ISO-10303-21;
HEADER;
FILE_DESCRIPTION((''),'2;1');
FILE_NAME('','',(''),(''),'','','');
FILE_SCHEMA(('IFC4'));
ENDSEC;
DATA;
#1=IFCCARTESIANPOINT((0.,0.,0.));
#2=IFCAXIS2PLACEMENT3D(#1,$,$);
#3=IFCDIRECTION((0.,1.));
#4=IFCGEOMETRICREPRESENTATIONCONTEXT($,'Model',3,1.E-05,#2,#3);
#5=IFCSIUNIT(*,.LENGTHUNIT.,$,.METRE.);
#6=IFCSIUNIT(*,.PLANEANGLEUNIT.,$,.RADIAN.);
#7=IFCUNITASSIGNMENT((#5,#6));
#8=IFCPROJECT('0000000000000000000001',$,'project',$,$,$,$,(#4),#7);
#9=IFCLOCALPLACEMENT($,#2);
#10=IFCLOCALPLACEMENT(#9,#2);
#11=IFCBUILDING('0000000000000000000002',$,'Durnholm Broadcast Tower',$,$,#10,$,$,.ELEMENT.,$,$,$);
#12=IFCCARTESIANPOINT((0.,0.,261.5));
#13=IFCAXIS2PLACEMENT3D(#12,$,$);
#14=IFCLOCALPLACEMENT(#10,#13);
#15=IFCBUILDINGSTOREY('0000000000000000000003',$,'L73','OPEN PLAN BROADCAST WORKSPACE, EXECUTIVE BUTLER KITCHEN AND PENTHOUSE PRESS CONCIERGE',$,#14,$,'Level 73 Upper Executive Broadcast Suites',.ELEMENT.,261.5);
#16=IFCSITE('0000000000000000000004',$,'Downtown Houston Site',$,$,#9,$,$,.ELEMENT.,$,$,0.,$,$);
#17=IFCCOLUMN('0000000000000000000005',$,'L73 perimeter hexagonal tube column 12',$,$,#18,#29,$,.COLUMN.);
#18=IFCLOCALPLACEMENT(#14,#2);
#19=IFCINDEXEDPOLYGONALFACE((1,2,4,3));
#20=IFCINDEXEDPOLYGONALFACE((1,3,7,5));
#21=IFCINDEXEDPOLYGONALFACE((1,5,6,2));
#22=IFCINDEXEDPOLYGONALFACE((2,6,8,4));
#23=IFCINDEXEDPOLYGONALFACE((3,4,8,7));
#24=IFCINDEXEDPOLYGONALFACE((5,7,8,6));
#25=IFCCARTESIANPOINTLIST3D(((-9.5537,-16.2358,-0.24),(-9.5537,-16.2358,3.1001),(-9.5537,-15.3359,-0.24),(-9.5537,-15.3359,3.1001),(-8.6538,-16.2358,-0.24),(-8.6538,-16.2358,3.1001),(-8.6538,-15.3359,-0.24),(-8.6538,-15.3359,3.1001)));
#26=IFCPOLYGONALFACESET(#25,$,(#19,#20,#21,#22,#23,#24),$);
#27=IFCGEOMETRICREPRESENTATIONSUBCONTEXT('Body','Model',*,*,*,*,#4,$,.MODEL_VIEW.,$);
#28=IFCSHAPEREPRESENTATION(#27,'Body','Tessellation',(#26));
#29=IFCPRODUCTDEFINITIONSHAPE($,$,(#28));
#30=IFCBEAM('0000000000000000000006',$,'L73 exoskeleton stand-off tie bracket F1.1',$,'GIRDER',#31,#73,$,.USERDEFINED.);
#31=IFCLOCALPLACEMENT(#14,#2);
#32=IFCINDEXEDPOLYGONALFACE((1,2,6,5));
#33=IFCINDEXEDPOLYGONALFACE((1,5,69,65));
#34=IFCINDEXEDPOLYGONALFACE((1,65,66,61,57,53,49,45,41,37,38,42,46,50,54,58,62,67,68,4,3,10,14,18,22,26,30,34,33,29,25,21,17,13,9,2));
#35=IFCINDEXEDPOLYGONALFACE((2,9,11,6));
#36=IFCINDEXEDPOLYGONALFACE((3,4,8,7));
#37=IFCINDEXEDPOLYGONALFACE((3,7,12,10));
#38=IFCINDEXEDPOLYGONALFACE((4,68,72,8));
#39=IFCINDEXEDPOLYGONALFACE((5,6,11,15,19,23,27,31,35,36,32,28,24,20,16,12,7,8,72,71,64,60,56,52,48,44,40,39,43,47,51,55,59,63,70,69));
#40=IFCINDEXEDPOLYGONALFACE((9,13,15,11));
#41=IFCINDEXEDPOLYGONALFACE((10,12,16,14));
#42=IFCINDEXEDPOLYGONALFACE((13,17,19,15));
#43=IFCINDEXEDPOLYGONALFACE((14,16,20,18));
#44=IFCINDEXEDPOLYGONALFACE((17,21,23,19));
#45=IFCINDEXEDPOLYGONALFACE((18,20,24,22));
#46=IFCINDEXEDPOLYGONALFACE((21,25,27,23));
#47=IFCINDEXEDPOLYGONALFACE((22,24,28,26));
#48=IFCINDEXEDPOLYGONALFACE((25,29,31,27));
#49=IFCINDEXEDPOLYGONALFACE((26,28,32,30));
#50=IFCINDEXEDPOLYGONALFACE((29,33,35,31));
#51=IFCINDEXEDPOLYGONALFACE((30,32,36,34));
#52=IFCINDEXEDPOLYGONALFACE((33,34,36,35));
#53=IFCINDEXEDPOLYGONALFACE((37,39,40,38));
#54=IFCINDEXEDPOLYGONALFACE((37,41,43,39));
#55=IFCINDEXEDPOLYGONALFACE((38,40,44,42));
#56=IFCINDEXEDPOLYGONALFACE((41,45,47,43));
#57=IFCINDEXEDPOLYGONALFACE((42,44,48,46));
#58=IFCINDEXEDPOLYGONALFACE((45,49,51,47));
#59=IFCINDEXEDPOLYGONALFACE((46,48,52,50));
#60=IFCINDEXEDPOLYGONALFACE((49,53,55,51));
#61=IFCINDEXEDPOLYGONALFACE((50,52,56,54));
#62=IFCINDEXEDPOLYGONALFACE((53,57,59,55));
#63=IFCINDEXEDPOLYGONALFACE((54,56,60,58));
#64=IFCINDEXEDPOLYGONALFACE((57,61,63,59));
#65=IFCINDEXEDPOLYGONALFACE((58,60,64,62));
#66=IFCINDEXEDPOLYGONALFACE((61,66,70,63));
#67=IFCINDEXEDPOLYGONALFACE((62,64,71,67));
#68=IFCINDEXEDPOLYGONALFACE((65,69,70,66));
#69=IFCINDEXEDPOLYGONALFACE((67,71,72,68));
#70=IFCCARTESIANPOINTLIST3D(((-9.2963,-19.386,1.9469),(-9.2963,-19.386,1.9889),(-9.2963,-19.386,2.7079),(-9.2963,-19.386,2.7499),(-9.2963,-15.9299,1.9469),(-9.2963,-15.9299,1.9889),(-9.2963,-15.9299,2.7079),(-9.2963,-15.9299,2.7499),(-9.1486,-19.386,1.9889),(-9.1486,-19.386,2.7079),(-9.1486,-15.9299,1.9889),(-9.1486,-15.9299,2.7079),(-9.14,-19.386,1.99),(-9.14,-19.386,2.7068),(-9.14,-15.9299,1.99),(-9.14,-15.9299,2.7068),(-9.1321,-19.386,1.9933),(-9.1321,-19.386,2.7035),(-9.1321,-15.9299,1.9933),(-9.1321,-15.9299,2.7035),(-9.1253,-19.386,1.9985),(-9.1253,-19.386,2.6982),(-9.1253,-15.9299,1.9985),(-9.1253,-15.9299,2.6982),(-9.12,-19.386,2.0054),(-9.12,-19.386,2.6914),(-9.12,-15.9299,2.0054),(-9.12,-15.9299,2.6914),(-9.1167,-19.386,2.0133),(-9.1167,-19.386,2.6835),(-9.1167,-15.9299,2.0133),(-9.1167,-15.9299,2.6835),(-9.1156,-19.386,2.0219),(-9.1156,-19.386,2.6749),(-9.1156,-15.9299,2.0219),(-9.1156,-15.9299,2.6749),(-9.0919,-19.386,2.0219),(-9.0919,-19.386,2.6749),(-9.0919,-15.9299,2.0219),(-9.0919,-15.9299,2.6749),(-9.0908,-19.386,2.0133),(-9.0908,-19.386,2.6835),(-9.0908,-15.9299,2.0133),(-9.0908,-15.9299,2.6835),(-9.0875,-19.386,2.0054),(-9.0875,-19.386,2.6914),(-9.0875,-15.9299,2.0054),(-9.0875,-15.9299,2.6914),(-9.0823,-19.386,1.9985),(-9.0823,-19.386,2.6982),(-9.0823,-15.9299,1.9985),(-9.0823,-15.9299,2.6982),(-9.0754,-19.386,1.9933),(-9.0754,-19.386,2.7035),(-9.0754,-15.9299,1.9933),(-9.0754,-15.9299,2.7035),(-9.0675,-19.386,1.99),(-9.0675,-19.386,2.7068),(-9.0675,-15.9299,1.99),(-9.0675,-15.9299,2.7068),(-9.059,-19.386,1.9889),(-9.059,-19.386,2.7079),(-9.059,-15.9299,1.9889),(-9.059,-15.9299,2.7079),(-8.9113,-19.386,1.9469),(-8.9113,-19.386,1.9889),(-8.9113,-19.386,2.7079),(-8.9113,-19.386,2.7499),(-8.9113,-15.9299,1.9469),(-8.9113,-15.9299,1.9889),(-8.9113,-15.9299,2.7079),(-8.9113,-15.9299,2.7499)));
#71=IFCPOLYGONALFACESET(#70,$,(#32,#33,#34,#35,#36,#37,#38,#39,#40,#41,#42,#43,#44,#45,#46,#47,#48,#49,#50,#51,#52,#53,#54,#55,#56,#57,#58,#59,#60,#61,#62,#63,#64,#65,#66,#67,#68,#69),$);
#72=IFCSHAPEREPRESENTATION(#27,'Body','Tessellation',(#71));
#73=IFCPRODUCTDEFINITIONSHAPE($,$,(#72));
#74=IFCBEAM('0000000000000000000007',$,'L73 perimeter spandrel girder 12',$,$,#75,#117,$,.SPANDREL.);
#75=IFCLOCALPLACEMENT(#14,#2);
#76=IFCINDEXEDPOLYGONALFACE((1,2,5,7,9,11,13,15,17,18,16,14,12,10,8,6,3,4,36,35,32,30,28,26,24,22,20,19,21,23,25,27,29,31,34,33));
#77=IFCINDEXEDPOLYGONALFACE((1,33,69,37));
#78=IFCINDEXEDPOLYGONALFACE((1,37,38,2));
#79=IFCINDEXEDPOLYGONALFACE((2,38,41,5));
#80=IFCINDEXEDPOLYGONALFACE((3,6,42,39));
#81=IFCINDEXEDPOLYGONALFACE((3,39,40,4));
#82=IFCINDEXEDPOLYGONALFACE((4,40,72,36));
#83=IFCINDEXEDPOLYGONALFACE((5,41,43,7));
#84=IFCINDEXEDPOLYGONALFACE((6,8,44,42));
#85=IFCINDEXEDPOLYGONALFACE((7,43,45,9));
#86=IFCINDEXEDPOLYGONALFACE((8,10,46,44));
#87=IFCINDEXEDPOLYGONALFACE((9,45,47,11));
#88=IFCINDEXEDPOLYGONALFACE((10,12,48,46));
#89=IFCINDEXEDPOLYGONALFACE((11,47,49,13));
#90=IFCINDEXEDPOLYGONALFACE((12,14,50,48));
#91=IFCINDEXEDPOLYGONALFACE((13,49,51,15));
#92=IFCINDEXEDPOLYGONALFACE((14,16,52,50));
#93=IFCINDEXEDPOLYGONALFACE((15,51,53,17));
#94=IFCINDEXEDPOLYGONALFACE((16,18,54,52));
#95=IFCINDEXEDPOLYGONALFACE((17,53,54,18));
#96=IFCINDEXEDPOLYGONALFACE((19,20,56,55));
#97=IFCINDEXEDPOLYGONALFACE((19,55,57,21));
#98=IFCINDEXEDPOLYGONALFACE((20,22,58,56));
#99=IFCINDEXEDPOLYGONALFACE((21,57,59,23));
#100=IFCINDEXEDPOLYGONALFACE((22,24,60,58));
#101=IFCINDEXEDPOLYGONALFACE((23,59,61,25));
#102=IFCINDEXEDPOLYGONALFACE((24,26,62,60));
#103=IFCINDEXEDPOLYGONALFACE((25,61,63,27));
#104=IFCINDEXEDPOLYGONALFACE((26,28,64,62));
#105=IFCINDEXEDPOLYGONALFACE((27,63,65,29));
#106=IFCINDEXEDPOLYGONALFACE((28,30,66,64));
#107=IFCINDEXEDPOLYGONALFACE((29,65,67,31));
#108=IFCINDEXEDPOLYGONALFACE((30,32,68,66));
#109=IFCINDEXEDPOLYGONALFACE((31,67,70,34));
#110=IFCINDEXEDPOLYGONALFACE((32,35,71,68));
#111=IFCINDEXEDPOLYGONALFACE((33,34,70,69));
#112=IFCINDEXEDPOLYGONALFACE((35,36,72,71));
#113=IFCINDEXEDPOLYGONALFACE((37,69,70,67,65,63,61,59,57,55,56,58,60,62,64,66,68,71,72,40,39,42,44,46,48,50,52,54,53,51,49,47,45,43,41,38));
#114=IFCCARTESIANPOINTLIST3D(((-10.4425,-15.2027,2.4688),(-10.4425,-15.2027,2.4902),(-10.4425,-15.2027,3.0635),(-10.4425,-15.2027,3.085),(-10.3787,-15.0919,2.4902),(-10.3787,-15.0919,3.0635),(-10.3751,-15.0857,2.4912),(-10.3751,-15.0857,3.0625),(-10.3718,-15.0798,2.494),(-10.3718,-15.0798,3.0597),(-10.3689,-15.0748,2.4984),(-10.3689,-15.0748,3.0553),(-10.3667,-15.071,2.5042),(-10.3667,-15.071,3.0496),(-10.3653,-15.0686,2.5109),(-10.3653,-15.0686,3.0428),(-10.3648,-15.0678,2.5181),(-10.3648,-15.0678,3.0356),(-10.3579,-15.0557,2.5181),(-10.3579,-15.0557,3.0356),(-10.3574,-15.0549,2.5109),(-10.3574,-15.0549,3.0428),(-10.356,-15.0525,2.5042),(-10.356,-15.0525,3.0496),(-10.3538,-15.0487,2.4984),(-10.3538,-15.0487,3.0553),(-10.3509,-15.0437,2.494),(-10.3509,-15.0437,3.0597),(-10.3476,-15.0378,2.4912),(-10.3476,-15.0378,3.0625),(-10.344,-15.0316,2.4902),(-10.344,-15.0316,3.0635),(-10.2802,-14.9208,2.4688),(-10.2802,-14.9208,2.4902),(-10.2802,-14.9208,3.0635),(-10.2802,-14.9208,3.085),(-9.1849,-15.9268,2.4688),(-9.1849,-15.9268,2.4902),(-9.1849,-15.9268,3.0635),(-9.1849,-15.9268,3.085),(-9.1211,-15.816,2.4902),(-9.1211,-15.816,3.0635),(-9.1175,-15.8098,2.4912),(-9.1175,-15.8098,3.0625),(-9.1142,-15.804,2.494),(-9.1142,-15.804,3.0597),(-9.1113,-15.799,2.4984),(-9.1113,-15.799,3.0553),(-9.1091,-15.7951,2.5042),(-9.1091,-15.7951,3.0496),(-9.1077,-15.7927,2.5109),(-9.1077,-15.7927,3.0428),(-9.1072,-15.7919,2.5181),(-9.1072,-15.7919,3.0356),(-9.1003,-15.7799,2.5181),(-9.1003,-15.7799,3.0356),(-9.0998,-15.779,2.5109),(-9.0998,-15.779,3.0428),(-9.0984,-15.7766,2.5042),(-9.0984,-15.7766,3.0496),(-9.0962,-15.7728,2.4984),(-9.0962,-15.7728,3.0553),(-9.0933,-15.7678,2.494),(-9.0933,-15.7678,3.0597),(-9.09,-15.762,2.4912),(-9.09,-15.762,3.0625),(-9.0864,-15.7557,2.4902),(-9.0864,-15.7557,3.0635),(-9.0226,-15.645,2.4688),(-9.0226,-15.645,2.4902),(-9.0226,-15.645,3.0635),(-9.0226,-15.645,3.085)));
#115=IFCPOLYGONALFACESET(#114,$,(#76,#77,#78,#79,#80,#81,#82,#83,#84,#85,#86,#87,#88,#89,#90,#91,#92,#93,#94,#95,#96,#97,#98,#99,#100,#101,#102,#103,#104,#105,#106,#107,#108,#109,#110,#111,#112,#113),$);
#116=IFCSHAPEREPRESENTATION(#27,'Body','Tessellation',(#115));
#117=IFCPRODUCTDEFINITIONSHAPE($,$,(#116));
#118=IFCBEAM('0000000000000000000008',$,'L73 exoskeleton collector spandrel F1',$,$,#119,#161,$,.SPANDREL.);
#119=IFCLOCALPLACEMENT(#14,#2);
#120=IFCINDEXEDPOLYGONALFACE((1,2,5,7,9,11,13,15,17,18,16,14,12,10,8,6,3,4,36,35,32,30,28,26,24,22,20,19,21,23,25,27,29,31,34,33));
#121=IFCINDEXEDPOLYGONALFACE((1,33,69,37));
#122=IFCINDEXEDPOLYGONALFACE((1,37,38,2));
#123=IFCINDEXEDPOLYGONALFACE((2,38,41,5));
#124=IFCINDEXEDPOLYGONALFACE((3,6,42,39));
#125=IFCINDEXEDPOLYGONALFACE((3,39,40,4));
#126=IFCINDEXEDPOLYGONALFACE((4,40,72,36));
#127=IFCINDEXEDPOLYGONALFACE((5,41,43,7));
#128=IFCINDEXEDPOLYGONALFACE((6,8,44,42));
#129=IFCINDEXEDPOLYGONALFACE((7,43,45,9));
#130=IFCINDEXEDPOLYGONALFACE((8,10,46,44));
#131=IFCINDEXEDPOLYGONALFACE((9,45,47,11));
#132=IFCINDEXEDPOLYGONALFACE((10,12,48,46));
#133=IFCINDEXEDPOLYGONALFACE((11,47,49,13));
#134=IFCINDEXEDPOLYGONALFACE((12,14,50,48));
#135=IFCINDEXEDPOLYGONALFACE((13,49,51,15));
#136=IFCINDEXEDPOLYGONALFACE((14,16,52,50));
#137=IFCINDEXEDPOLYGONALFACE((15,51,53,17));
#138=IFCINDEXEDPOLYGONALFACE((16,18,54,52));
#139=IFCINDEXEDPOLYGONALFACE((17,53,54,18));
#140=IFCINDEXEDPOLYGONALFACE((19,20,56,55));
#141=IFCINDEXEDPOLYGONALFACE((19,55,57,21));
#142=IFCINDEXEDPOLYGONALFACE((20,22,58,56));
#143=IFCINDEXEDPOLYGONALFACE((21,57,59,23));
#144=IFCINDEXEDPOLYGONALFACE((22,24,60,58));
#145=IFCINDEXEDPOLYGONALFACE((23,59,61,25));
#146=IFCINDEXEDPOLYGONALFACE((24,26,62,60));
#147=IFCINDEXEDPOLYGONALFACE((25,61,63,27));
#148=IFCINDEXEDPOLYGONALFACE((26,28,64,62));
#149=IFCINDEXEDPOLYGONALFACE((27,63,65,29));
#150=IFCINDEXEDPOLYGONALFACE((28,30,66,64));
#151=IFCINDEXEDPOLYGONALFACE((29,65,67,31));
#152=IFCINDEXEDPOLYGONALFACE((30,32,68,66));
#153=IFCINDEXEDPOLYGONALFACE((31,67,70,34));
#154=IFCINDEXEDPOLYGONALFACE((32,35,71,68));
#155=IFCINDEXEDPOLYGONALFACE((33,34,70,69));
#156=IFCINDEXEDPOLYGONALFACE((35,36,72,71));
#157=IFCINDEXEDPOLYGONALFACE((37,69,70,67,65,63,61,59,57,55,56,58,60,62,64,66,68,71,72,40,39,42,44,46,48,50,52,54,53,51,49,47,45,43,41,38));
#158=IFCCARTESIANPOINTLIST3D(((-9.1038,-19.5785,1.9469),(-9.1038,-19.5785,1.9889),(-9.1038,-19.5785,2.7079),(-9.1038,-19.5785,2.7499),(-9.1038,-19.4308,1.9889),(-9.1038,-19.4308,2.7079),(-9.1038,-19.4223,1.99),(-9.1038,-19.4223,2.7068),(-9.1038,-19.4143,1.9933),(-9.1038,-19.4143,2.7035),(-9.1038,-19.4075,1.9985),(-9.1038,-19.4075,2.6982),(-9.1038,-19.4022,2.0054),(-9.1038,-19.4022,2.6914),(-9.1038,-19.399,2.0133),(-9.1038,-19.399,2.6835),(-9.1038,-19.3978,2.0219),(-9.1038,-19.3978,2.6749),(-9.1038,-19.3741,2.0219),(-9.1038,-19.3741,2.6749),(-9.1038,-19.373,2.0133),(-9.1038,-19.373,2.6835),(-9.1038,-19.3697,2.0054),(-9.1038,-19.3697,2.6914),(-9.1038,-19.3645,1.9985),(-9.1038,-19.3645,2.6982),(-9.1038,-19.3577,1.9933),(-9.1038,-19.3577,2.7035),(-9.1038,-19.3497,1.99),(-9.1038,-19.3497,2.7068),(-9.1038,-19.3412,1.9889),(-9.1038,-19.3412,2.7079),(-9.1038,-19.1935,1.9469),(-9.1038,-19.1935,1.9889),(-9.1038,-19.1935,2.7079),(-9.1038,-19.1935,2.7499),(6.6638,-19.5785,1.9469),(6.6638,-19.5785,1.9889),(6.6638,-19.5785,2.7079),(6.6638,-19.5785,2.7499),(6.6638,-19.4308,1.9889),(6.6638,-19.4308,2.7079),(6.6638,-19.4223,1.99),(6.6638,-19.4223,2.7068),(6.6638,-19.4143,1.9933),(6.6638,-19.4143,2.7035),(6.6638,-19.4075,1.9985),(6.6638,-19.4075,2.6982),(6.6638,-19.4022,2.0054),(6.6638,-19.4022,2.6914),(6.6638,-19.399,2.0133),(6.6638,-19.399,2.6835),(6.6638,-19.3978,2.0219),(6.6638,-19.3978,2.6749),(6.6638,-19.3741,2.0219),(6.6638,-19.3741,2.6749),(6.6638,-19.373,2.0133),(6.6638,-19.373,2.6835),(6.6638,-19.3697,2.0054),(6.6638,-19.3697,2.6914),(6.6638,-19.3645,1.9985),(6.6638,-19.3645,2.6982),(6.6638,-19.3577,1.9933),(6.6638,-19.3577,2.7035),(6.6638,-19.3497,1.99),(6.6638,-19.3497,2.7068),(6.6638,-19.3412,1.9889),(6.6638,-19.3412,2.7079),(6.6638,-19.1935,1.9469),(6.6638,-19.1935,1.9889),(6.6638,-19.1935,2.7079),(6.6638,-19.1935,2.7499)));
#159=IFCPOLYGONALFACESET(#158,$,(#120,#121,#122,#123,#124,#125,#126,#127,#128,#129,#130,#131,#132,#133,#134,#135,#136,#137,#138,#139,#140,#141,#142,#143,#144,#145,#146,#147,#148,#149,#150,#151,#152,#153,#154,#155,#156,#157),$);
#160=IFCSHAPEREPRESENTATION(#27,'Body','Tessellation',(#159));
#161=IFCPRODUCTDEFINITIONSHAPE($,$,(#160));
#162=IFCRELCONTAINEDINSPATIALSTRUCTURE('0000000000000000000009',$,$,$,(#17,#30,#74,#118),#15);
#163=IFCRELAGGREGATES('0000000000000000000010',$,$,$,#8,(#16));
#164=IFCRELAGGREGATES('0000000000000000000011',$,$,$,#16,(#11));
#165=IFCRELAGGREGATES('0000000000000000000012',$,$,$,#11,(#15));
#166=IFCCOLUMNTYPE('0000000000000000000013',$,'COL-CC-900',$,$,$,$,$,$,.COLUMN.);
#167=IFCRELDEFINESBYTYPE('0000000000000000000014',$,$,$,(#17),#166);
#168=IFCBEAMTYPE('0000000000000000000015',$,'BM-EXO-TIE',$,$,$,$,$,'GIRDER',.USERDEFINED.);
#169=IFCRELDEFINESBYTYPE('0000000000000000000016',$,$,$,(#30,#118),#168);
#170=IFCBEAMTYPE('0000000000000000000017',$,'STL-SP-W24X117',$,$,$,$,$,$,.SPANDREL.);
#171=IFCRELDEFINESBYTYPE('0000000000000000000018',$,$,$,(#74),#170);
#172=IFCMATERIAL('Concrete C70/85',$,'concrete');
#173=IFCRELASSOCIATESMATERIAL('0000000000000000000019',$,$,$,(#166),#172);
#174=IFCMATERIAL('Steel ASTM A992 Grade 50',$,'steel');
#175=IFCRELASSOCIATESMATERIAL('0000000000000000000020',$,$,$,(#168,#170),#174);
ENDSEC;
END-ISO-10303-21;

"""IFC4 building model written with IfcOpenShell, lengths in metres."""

from ifc_helpers import new_model, si_unit, direction, frame, origin, origin_2d, place, context, subcontext, project, spatial, rectangle, i_section, extrude, source, transform, mapped, material, material_profile, profile_set, type_object, type_shapes, element, save


model = new_model("IFC4")

# Units and contexts
model_context = context("Model", 3, precision=1e-05, world=origin(), true_north=direction((0.0, 1.0)))
body_context = subcontext(model_context, "Body", "Model", "MODEL_VIEW")
ifc_project = project(units=[si_unit("LENGTHUNIT", "METRE"), si_unit("PLANEANGLEUNIT", "RADIAN")], contexts=[model_context])

# Site, building, storey
site_placement = place(None, origin())
site = spatial("IfcSite", under=ifc_project, at=site_placement, Name="Downtown Houston Site", CompositionType="ELEMENT", RefElevation=0.0)
building_placement = place(site_placement, origin())
building = spatial("IfcBuilding", under=site, at=building_placement, Name="Durnholm Broadcast Tower", CompositionType="ELEMENT")
storey_placement = place(building_placement, frame((0.0, 0.0, 261.5)))
storey = spatial("IfcBuildingStorey", under=building, at=storey_placement, Name="L73", Description="OPEN PLAN BROADCAST WORKSPACE, EXECUTIVE BUTLER KITCHEN AND PENTHOUSE PRESS CONCIERGE", LongName="Level 73 Upper Executive Broadcast Suites", CompositionType="ELEMENT", Elevation=261.5)

# Column
ifc_material_1 = material(Name="Concrete C70/85", Category="concrete")
ifc_material_profile_1 = material_profile(ifc_material_1, rectangle(XDim=0.8999, YDim=0.8999, at=origin_2d()), Name="RC900X900")
ifc_profile_set_1 = profile_set([ifc_material_profile_1], Name="Concrete C70/85")
column_type = type_object("IfcColumnType", Name="COL-CC-900", PredefinedType="COLUMN", material=ifc_profile_set_1)
shared_shape_1 = source(origin(), body_context, "Body", "SweptSolid", [
    extrude(rectangle(XDim=0.8999, YDim=0.8999, at=origin_2d()), origin(), (0.0, 0.0, 1.0), 3.3401),
])
type_shapes(column_type, [shared_shape_1])
column_placement = place(storey_placement, frame((-9.1038, -15.7859, -0.24), z_axis=(0.0, 0.0, 1.0), x_axis=(1.0, 0.0, 0.0)))
element("IfcColumn", 1, at=column_placement, inside=storey, type_object=column_type, Name="L73 perimeter hexagonal tube column 12", PredefinedType="COLUMN", context=body_context, shape_type="MappedRepresentation", body=[
    mapped(shared_shape_1, transform((0.0, 0.0, 0.0), x_axis=(1.0, 0.0, 0.0), y_axis=(0.0, 1.0, 0.0), z_axis=(0.0, 0.0, 1.0), scale=1.0)),
])

# Beams
ifc_material_2 = material(Name="Steel ASTM A992 Grade 50", Category="steel")
ifc_material_profile_2 = material_profile(ifc_material_2, i_section(OverallWidth=0.385, OverallDepth=0.803, WebThickness=0.0237, FlangeThickness=0.042, FilletRadius=0.033, at=origin_2d()), Name="W30X261")
ifc_profile_set_2 = profile_set([ifc_material_profile_2], Name="Steel ASTM A992 Grade 50")
beam_type_1 = type_object("IfcBeamType", Name="BM-EXO-TIE", ElementType="GIRDER", PredefinedType="USERDEFINED", material=ifc_profile_set_2)
shared_shape_2 = source(origin(), body_context, "Body", "SweptSolid", [
    extrude(i_section(OverallWidth=0.385, OverallDepth=0.803, WebThickness=0.0237, FlangeThickness=0.042, FilletRadius=0.033, at=origin_2d()), origin(), (0.0, 0.0, 1.0), 3.4561),
])
beam_1_placement = place(storey_placement, frame((-9.1038, -15.9299, 2.3484), z_axis=(0.0, -1.0, 0.0), x_axis=(1.0, 0.0, 0.0)))
element("IfcBeam", 2, at=beam_1_placement, inside=storey, type_object=beam_type_1, Name="L73 exoskeleton stand-off tie bracket F1.1", ObjectType="GIRDER", PredefinedType="USERDEFINED", context=body_context, shape_type="MappedRepresentation", body=[
    mapped(shared_shape_2, transform((0.0, 0.0, 0.0), x_axis=(1.0, 0.0, 0.0), y_axis=(0.0, 1.0, 0.0), z_axis=(0.0, 0.0, 1.0), scale=1.0)),
])
ifc_material_profile_3 = material_profile(ifc_material_2, i_section(OverallWidth=0.3252, OverallDepth=0.6162, WebThickness=0.0139, FlangeThickness=0.0215, FilletRadius=0.0278, at=origin_2d()), Name="W24X117")
ifc_profile_set_3 = profile_set([ifc_material_profile_3], Name="Steel ASTM A992 Grade 50")
beam_type_2 = type_object("IfcBeamType", Name="STL-SP-W24X117", PredefinedType="SPANDREL", material=ifc_profile_set_3)
shared_shape_3 = source(origin(), body_context, "Body", "SweptSolid", [
    extrude(i_section(OverallWidth=0.3252, OverallDepth=0.6162, WebThickness=0.0139, FlangeThickness=0.0215, FilletRadius=0.0278, at=origin_2d()), origin(), (0.0, 0.0, 1.0), 1.4512),
])
type_shapes(beam_type_2, [shared_shape_3])
beam_2_placement = place(storey_placement, frame((-9.1038, -15.7859, 2.7769), z_axis=(-0.866603, 0.498999, 0.0), x_axis=(-0.498999, -0.866603, 0.0)))
element("IfcBeam", 3, at=beam_2_placement, inside=storey, type_object=beam_type_2, Name="L73 perimeter spandrel girder 12", PredefinedType="SPANDREL", context=body_context, shape_type="MappedRepresentation", body=[
    mapped(shared_shape_3, transform((0.0, 0.0, 0.0), x_axis=(1.0, 0.0, 0.0), y_axis=(0.0, 1.0, 0.0), z_axis=(0.0, 0.0, 1.0), scale=1.0)),
])
shared_shape_4 = source(origin(), body_context, "Body", "SweptSolid", [
    extrude(i_section(OverallWidth=0.385, OverallDepth=0.803, WebThickness=0.0237, FlangeThickness=0.042, FilletRadius=0.033, at=origin_2d()), origin(), (0.0, 0.0, 1.0), 15.7676),
])
type_shapes(beam_type_1, [shared_shape_2, shared_shape_4])
beam_3_placement = place(storey_placement, frame((-9.1038, -19.386, 2.3484), z_axis=(1.0, 0.0, 0.0), x_axis=(0.0, 1.0, 0.0)))
element("IfcBeam", 4, at=beam_3_placement, inside=storey, type_object=beam_type_1, Name="L73 exoskeleton collector spandrel F1", PredefinedType="SPANDREL", context=body_context, shape_type="MappedRepresentation", body=[
    mapped(shared_shape_4, transform((0.0, 0.0, 0.0), x_axis=(1.0, 0.0, 0.0), y_axis=(0.0, 1.0, 0.0), z_axis=(0.0, 0.0, 1.0), scale=1.0)),
])

save(model, "model.ifc")
